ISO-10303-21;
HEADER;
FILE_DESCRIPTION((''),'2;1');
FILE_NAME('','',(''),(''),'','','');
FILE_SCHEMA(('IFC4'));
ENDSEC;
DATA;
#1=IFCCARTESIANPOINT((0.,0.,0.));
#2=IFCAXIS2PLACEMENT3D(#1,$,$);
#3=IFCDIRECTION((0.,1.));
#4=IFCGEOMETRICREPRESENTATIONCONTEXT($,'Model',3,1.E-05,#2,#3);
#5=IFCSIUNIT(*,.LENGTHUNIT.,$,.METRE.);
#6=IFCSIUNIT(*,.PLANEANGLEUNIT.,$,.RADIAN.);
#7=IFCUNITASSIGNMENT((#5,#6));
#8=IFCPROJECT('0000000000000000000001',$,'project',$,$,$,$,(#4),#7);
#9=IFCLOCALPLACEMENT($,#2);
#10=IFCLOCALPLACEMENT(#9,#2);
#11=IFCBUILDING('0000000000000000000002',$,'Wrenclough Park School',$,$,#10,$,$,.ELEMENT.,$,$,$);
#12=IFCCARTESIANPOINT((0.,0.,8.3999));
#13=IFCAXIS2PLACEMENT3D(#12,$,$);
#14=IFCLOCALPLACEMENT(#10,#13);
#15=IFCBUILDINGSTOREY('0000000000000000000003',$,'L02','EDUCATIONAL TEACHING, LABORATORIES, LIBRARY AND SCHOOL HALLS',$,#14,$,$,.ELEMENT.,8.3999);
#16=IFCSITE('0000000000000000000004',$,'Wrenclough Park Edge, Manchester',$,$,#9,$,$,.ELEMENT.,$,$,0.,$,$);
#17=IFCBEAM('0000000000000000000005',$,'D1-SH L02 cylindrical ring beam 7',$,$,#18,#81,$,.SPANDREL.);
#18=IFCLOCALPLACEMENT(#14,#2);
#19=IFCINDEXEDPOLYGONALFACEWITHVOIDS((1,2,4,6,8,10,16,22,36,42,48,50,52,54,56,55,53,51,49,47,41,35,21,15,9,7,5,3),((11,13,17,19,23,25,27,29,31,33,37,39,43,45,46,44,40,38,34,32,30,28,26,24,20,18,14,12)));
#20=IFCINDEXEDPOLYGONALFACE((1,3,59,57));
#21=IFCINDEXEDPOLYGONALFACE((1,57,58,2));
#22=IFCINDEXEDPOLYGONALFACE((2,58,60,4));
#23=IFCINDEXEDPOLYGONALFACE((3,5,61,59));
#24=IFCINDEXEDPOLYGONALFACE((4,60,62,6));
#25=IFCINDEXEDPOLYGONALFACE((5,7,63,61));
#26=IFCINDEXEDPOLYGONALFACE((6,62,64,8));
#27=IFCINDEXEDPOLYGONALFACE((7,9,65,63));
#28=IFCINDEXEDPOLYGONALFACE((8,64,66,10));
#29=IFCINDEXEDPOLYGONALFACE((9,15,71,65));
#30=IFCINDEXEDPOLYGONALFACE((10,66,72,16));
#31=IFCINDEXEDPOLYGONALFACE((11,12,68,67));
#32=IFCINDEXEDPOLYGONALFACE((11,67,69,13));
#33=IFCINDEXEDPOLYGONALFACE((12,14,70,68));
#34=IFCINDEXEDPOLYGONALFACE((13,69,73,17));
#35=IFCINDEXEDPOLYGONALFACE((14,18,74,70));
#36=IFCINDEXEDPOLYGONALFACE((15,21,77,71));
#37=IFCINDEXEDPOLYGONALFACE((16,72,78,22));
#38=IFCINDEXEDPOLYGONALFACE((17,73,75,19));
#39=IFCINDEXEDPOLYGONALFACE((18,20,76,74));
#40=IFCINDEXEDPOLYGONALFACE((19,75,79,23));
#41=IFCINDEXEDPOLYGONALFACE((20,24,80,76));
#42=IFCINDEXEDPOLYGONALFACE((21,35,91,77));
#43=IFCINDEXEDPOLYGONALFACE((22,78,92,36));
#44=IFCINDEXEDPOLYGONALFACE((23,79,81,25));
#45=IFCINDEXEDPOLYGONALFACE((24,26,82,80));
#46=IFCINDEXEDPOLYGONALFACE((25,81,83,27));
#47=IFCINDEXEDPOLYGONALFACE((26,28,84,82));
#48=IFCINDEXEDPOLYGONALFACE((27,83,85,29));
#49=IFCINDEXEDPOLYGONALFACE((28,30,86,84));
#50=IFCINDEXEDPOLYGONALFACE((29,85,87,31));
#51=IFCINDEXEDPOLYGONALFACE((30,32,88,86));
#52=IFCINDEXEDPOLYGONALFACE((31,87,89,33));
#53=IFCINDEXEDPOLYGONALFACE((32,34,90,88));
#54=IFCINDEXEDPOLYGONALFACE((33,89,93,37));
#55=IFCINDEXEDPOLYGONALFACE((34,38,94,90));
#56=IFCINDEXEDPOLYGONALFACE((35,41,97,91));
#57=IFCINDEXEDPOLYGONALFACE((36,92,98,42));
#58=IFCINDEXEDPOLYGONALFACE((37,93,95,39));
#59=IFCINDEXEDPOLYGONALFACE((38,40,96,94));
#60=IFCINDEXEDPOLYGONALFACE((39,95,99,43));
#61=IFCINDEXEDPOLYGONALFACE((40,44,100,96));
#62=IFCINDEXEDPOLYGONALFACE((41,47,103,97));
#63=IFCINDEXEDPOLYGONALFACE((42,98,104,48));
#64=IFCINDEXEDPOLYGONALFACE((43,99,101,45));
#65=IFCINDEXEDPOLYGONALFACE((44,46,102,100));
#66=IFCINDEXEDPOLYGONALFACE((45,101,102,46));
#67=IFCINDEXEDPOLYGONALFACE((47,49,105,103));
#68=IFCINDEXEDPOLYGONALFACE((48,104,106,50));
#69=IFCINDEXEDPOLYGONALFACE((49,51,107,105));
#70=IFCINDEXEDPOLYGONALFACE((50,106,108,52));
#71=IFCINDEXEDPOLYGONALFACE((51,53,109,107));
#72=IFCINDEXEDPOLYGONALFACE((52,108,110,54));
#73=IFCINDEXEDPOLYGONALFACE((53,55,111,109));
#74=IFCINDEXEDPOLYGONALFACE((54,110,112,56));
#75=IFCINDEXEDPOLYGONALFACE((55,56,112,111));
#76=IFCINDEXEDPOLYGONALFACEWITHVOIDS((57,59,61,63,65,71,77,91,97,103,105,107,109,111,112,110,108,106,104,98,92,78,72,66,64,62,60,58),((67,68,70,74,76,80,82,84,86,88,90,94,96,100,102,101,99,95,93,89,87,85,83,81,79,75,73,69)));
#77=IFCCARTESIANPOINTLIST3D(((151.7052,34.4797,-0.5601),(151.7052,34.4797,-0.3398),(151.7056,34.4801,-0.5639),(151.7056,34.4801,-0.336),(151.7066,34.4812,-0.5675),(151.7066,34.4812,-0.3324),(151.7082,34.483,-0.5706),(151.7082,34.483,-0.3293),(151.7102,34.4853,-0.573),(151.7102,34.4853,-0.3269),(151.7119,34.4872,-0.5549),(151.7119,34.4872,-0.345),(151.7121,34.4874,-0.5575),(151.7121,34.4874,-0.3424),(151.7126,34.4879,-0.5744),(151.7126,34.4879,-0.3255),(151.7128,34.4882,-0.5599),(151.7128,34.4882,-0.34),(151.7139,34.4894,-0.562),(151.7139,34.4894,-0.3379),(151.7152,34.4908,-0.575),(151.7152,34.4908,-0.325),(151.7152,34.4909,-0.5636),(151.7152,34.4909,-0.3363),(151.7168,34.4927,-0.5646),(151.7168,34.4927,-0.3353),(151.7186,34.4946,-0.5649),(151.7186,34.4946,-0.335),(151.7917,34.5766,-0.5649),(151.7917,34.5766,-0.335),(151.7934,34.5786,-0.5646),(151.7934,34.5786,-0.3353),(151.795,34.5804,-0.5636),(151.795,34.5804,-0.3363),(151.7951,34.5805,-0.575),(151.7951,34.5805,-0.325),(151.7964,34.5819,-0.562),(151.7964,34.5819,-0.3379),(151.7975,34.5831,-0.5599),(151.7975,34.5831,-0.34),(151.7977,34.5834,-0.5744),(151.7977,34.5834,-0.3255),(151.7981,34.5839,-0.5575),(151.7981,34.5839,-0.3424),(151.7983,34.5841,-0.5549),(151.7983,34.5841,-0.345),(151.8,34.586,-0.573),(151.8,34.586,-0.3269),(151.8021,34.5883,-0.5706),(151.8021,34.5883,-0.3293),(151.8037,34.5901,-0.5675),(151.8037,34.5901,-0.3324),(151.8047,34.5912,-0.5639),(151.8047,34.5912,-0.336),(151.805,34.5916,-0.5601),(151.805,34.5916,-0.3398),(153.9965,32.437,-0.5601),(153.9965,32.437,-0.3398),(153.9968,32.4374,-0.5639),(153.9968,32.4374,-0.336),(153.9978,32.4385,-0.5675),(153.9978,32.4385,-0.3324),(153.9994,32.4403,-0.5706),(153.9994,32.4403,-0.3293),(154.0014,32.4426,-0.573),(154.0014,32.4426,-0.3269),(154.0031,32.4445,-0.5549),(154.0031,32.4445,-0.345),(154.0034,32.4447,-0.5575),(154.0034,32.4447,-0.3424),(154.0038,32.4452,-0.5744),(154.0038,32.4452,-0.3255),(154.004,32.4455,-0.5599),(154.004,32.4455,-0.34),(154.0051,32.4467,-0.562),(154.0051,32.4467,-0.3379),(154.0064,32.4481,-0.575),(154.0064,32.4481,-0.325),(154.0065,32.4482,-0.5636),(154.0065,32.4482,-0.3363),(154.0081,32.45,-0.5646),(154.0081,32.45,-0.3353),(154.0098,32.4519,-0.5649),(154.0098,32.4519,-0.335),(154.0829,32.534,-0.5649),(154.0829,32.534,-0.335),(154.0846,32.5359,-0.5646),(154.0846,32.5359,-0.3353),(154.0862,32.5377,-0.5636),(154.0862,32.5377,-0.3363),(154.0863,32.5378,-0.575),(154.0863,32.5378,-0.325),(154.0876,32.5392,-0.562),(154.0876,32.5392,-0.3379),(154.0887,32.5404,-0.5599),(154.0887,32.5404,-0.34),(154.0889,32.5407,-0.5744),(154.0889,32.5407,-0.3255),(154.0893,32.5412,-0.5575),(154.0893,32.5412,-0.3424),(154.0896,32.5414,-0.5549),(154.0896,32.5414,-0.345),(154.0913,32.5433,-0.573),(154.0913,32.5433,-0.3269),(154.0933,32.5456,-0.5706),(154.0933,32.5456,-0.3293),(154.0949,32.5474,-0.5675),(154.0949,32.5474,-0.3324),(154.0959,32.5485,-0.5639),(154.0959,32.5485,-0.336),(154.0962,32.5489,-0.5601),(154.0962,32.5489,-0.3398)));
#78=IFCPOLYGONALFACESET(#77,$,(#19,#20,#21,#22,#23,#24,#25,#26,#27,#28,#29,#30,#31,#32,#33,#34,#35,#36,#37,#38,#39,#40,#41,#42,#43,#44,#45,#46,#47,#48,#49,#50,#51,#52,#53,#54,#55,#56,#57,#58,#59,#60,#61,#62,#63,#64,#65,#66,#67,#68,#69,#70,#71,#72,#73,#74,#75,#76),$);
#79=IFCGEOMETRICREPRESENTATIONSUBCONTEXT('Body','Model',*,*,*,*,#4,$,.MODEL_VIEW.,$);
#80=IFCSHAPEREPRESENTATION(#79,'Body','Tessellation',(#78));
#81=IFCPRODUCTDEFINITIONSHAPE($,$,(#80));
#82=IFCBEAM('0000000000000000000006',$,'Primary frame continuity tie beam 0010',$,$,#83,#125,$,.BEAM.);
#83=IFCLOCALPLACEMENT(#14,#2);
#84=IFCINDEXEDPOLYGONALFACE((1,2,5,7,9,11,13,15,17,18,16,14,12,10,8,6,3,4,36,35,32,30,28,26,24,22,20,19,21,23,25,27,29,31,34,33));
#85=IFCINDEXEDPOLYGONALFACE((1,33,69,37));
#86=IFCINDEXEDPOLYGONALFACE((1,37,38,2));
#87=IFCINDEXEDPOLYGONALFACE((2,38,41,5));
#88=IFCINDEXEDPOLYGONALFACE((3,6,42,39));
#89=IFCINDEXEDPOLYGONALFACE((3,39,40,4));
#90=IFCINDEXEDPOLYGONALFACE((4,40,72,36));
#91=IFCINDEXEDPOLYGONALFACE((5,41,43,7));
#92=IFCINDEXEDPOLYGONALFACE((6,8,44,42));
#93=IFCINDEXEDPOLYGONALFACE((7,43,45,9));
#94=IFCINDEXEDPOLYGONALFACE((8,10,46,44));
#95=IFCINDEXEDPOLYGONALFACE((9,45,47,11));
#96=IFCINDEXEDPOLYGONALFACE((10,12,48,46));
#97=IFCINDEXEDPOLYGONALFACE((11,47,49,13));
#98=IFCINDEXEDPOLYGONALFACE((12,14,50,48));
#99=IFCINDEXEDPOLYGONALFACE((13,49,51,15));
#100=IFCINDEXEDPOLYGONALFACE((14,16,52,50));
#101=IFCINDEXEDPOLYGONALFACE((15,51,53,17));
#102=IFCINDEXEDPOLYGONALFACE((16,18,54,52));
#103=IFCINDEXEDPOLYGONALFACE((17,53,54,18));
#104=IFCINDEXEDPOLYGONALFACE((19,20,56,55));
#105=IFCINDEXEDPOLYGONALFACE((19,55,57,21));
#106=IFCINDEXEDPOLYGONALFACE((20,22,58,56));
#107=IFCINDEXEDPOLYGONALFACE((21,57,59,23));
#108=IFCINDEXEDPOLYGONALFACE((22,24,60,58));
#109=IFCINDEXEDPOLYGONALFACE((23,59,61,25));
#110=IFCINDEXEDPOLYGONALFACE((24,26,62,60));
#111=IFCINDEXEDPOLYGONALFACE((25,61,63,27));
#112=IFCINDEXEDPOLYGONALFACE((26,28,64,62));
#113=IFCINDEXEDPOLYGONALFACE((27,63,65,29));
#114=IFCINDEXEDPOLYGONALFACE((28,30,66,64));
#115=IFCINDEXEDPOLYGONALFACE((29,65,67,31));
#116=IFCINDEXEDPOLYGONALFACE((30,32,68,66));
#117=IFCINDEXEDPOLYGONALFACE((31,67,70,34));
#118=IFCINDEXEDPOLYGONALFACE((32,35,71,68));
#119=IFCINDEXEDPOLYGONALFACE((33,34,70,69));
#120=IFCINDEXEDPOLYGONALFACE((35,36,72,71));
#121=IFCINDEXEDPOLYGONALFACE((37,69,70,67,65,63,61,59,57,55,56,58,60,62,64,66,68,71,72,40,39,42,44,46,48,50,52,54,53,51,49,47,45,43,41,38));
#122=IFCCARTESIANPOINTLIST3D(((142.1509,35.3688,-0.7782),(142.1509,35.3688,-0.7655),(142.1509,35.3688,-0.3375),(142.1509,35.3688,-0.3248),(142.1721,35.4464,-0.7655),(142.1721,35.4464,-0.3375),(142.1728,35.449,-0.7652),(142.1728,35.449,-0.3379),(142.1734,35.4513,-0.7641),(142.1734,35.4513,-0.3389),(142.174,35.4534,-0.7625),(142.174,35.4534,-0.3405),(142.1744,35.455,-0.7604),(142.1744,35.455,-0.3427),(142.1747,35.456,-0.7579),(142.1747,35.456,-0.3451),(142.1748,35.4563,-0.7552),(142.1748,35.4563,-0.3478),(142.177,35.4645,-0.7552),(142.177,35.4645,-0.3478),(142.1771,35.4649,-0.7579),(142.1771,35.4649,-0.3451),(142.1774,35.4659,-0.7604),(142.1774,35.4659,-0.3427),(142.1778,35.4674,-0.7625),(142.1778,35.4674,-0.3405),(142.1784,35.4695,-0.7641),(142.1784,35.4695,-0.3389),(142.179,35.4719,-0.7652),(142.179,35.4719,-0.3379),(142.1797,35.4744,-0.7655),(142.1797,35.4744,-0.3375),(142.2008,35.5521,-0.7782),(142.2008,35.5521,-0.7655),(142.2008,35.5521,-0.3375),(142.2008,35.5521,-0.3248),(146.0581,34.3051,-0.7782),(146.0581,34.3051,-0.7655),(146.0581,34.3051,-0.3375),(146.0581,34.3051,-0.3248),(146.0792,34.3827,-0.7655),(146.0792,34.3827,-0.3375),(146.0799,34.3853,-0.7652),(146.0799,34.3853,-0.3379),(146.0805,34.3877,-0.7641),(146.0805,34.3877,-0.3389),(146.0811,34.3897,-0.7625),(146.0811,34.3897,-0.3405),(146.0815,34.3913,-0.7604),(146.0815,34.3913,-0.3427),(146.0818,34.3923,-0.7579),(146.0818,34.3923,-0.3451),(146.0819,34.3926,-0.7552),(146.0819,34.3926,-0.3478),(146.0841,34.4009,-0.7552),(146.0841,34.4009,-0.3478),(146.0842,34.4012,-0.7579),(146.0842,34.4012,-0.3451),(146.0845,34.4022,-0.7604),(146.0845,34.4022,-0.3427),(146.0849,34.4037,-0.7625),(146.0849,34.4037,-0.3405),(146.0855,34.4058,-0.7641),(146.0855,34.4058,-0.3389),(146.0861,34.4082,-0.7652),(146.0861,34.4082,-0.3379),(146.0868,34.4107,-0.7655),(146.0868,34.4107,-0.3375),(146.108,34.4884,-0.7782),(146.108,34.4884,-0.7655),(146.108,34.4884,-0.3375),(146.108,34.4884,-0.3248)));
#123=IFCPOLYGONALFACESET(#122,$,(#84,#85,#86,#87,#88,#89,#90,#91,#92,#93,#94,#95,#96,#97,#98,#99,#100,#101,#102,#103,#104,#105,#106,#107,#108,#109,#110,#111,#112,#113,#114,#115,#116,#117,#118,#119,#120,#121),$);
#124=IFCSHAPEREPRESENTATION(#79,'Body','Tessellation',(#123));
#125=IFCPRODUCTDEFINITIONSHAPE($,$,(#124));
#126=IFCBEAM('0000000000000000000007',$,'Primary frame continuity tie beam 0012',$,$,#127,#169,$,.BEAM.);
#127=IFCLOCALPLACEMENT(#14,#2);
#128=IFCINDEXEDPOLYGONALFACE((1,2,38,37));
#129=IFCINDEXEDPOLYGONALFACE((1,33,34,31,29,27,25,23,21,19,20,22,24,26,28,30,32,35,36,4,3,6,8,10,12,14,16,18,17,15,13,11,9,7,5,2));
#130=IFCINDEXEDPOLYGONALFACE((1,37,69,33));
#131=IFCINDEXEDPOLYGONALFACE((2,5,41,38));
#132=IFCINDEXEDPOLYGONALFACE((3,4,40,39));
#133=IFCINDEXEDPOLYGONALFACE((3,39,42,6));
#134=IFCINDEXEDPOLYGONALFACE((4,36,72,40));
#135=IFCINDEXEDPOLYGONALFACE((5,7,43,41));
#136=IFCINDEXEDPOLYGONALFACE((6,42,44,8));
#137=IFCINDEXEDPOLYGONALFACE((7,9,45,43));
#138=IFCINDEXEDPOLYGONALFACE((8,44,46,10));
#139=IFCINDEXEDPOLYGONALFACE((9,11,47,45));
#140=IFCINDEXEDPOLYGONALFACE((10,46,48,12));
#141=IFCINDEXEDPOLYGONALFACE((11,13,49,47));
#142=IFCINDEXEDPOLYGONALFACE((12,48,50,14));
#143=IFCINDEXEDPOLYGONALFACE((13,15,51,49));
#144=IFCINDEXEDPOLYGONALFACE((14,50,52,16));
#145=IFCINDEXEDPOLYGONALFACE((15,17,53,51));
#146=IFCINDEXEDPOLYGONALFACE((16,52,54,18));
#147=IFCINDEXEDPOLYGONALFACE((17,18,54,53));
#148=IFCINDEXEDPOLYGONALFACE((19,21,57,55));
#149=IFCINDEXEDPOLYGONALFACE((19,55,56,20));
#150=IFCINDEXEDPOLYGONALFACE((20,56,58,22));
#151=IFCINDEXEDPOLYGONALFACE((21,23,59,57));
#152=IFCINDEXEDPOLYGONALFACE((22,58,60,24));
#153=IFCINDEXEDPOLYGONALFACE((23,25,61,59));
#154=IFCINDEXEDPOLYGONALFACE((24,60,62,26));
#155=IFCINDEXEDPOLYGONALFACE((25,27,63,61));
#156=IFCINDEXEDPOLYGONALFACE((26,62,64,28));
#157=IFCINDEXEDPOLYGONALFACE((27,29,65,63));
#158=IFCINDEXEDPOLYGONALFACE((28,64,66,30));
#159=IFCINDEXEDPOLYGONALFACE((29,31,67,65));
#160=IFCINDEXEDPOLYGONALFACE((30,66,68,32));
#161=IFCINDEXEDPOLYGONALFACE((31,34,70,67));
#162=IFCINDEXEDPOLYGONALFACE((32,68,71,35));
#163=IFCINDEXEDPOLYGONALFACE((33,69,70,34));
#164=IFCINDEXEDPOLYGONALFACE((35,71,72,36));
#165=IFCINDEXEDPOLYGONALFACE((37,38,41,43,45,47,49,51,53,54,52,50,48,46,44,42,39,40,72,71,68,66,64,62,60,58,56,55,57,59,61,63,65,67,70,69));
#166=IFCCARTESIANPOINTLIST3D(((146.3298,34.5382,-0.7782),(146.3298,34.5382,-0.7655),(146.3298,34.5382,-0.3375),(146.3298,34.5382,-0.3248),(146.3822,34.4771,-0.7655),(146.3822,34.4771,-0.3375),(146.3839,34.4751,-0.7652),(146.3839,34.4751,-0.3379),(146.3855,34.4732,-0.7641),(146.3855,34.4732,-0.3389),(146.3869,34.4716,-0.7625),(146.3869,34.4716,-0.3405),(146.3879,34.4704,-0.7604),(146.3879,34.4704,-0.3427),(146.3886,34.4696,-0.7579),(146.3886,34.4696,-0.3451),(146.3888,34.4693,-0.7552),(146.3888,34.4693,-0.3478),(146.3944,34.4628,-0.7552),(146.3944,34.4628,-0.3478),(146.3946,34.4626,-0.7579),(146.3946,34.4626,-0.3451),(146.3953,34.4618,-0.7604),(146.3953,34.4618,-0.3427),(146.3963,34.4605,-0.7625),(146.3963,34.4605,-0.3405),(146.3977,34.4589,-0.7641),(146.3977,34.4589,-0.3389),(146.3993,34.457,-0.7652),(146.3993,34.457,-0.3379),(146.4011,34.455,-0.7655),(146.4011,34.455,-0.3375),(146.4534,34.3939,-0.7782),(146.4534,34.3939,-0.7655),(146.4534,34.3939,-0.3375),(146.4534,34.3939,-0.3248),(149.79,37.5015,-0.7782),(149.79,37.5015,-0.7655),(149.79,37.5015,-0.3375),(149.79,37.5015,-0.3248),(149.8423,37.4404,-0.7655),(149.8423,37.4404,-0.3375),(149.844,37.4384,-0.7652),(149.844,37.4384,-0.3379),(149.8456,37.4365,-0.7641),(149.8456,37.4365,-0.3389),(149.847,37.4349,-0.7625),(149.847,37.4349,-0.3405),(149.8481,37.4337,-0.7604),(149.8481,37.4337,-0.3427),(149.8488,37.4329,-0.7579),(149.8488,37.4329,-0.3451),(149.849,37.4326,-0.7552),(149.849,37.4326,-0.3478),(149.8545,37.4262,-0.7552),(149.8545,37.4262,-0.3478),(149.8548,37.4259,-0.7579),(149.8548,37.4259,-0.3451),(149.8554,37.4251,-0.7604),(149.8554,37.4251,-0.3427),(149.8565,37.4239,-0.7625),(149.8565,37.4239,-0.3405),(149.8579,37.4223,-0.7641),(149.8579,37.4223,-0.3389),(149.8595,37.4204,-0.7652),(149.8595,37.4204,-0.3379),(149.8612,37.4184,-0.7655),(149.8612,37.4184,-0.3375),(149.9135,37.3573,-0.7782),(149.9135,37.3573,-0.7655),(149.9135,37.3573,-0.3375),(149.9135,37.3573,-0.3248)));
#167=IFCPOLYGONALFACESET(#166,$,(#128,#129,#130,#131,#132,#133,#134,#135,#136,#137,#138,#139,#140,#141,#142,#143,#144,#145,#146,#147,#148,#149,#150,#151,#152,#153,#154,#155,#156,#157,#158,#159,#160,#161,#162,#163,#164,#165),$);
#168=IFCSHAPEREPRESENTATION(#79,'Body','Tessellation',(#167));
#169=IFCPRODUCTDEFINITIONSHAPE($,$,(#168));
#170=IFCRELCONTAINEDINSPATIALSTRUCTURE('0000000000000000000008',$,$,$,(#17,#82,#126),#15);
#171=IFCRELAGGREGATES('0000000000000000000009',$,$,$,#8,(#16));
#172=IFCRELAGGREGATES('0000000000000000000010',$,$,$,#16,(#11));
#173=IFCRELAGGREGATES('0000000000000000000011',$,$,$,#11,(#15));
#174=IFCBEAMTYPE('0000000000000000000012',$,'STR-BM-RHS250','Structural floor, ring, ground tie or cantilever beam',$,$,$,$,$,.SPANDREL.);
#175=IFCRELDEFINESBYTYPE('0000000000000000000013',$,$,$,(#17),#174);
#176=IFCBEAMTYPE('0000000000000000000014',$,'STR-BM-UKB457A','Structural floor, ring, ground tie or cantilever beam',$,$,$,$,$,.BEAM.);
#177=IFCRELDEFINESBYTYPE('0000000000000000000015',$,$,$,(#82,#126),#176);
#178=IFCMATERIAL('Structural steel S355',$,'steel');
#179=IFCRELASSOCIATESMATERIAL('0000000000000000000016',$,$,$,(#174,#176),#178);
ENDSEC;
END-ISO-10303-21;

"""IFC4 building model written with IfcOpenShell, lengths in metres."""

from ifc_helpers import new_model, si_unit, direction, frame, origin, origin_2d, place, context, subcontext, project, spatial, hollow_rectangle, i_section, extrude, material, material_profile, profile_set, type_object, element, save


model = new_model("IFC4")

# Units and contexts
model_context = context("Model", 3, precision=1e-05, world=origin(), true_north=direction((0.0, 1.0)))
body_context = subcontext(model_context, "Body", "Model", "MODEL_VIEW")
ifc_project = project(units=[si_unit("LENGTHUNIT", "METRE"), si_unit("PLANEANGLEUNIT", "RADIAN")], contexts=[model_context])

# Site, building, storey
site_placement = place(None, origin())
site = spatial("IfcSite", under=ifc_project, at=site_placement, Name="Wrenclough Park Edge, Manchester", CompositionType="ELEMENT", RefElevation=0.0)
building_placement = place(site_placement, origin())
building = spatial("IfcBuilding", under=site, at=building_placement, Name="Wrenclough Park School", CompositionType="ELEMENT")
storey_placement = place(building_placement, frame((0.0, 0.0, 8.3999)))
storey = spatial("IfcBuildingStorey", under=building, at=storey_placement, Name="L02", Description="EDUCATIONAL TEACHING, LABORATORIES, LIBRARY AND SCHOOL HALLS", CompositionType="ELEMENT", Elevation=8.3999)

# Shared definitions
ifc_material_1 = material(Name="Structural steel S355", Category="steel")

# Beams
ifc_material_profile_1 = material_profile(ifc_material_1, hollow_rectangle(XDim=0.1499, YDim=0.25, WallThickness=0.01, InnerFilletRadius=0.01, OuterFilletRadius=0.0149, at=origin_2d()), Name="RHS 250x150x10.0")
ifc_profile_set_1 = profile_set([ifc_material_profile_1], Name="Structural steel S355")
beam_type_1 = type_object("IfcBeamType", Name="STR-BM-RHS250", Description="Structural floor, ring, ground tie or cantilever beam", PredefinedType="SPANDREL", material=ifc_profile_set_1)
beam_1_placement = place(storey_placement, frame((151.7551, 34.5356, -0.45), z_axis=(0.74643, -0.665464, 0.0), x_axis=(0.665464, 0.74643, 0.0)))
element("IfcBeam", 1, at=beam_1_placement, inside=storey, type_object=beam_type_1, Name="D1-SH L02 cylindrical ring beam 7", PredefinedType="SPANDREL", context=body_context, shape_type="SweptSolid", body=[
    extrude(hollow_rectangle(XDim=0.1499, YDim=0.25, WallThickness=0.01, InnerFilletRadius=0.01, OuterFilletRadius=0.0149, at=origin_2d()), origin(), (0.0, 0.0, 1.0), 3.0696),
])
ifc_material_profile_2 = material_profile(ifc_material_1, i_section(OverallWidth=0.1899, OverallDepth=0.4534, WebThickness=0.0085, FlangeThickness=0.0127, FilletRadius=0.0103, at=origin_2d()), Name="UKB 457x191x67")
ifc_profile_set_2 = profile_set([ifc_material_profile_2], Name="Structural steel S355")
beam_type_2 = type_object("IfcBeamType", Name="STR-BM-UKB457A", Description="Structural floor, ring, ground tie or cantilever beam", PredefinedType="BEAM", material=ifc_profile_set_2)
beam_2_placement = place(storey_placement, frame((146.083, 34.3967, -0.5515), z_axis=(-0.964882, 0.262684, 0.0), x_axis=(-0.262684, -0.964882, 0.0)))
element("IfcBeam", 2, at=beam_2_placement, inside=storey, type_object=beam_type_2, Name="Primary frame continuity tie beam 0010", PredefinedType="BEAM", context=body_context, shape_type="SweptSolid", body=[
    extrude(i_section(OverallWidth=0.1899, OverallDepth=0.4534, WebThickness=0.0085, FlangeThickness=0.0127, FilletRadius=0.0103, at=origin_2d()), origin(), (0.0, 0.0, 1.0), 4.0493),
])
beam_3_placement = place(storey_placement, frame((146.3916, 34.4661, -0.5515), z_axis=(0.759529, 0.650474, 0.0), x_axis=(-0.650474, 0.759529, 0.0)))
element("IfcBeam", 3, at=beam_3_placement, inside=storey, type_object=beam_type_2, Name="Primary frame continuity tie beam 0012", PredefinedType="BEAM", context=body_context, shape_type="SweptSolid", body=[
    extrude(i_section(OverallWidth=0.1899, OverallDepth=0.4534, WebThickness=0.0085, FlangeThickness=0.0127, FilletRadius=0.0103, at=origin_2d()), origin(), (0.0, 0.0, 1.0), 4.5557),
])

save(model, "model.ifc")
